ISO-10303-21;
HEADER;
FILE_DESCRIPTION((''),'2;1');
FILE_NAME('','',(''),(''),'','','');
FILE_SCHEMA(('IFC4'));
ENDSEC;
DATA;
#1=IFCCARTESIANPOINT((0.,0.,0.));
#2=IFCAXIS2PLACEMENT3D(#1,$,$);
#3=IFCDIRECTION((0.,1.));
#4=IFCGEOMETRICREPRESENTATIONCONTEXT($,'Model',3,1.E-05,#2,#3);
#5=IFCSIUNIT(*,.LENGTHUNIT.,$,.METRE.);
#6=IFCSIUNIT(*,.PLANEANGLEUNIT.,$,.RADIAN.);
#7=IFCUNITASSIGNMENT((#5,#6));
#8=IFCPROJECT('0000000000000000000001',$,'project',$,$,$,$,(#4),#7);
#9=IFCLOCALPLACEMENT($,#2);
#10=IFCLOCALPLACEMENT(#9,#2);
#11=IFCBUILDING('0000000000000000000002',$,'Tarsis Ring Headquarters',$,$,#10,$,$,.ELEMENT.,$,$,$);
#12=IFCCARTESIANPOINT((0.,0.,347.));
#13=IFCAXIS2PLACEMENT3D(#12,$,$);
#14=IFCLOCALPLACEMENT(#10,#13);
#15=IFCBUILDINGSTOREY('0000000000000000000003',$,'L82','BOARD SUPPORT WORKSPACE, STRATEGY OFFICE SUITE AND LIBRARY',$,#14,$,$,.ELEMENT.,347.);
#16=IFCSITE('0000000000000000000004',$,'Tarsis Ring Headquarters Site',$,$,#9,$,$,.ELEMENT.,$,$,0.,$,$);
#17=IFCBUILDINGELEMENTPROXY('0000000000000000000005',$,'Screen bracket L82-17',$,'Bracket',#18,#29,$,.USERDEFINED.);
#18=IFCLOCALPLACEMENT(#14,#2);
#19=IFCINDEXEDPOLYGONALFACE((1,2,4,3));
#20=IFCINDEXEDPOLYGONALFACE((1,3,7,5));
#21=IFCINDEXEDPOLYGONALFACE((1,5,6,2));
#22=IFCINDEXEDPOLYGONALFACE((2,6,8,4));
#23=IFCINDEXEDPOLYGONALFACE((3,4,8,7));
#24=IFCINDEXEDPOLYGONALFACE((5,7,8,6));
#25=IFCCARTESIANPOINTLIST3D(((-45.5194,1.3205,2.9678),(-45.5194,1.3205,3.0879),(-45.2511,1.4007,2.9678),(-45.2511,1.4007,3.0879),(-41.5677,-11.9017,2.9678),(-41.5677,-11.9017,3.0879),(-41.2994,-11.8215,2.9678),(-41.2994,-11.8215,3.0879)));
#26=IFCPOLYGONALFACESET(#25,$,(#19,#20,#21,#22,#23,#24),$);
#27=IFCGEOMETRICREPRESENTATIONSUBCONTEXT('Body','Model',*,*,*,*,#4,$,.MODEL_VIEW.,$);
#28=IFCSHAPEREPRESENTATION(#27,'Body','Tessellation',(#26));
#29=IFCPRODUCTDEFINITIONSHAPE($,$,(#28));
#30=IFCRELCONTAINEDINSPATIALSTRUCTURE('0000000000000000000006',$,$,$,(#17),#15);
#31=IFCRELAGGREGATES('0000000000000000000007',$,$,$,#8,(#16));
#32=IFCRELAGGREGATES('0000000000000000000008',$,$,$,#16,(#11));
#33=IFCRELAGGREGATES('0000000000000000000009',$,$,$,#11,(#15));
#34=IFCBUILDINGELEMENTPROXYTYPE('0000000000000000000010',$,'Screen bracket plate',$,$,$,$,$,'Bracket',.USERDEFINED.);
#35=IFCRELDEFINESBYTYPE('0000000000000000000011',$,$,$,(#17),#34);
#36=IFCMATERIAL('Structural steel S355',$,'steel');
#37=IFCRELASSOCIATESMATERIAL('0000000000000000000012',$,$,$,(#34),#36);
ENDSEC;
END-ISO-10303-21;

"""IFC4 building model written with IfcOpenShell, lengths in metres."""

from ifc_helpers import new_model, si_unit, direction, frame, origin, origin_2d, place, context, subcontext, project, spatial, rectangle, extrude, material, type_object, element, save


model = new_model("IFC4")

# Units and contexts
model_context = context("Model", 3, precision=1e-05, world=origin(), true_north=direction((0.0, 1.0)))
body_context = subcontext(model_context, "Body", "Model", "MODEL_VIEW")
ifc_project = project(units=[si_unit("LENGTHUNIT", "METRE"), si_unit("PLANEANGLEUNIT", "RADIAN")], contexts=[model_context])

# Site, building, storey
site_placement = place(None, origin())
site = spatial("IfcSite", under=ifc_project, at=site_placement, Name="Tarsis Ring Headquarters Site", CompositionType="ELEMENT", RefElevation=0.0)
building_placement = place(site_placement, origin())
building = spatial("IfcBuilding", under=site, at=building_placement, Name="Tarsis Ring Headquarters", CompositionType="ELEMENT")
storey_placement = place(building_placement, frame((0.0, 0.0, 347.0)))
storey = spatial("IfcBuildingStorey", under=building, at=storey_placement, Name="L82", Description="BOARD SUPPORT WORKSPACE, STRATEGY OFFICE SUITE AND LIBRARY", CompositionType="ELEMENT", Elevation=347.0)

# Shared definitions
ifc_material_1 = material(Name="Structural steel S355", Category="steel")

# Building element proxy
building_element_proxy_type = type_object("IfcBuildingElementProxyType", Name="Screen bracket plate", ElementType="Bracket", PredefinedType="USERDEFINED", material=ifc_material_1)
proxy_placement = place(storey_placement, frame((-43.4094, -5.2505, 2.9678), z_axis=(0.0, 0.0, 1.0), x_axis=(0.286357, -0.958123, 0.0)))
element("IfcBuildingElementProxy", 1, at=proxy_placement, inside=storey, type_object=building_element_proxy_type, Name="Screen bracket L82-17", ObjectType="Bracket", PredefinedType="USERDEFINED", context=body_context, shape_type="SweptSolid", body=[
    extrude(rectangle(XDim=13.8, YDim=0.28, at=origin_2d()), origin(), (0.0, 0.0, 1.0), 0.1201),
])

save(model, "model.ifc")
